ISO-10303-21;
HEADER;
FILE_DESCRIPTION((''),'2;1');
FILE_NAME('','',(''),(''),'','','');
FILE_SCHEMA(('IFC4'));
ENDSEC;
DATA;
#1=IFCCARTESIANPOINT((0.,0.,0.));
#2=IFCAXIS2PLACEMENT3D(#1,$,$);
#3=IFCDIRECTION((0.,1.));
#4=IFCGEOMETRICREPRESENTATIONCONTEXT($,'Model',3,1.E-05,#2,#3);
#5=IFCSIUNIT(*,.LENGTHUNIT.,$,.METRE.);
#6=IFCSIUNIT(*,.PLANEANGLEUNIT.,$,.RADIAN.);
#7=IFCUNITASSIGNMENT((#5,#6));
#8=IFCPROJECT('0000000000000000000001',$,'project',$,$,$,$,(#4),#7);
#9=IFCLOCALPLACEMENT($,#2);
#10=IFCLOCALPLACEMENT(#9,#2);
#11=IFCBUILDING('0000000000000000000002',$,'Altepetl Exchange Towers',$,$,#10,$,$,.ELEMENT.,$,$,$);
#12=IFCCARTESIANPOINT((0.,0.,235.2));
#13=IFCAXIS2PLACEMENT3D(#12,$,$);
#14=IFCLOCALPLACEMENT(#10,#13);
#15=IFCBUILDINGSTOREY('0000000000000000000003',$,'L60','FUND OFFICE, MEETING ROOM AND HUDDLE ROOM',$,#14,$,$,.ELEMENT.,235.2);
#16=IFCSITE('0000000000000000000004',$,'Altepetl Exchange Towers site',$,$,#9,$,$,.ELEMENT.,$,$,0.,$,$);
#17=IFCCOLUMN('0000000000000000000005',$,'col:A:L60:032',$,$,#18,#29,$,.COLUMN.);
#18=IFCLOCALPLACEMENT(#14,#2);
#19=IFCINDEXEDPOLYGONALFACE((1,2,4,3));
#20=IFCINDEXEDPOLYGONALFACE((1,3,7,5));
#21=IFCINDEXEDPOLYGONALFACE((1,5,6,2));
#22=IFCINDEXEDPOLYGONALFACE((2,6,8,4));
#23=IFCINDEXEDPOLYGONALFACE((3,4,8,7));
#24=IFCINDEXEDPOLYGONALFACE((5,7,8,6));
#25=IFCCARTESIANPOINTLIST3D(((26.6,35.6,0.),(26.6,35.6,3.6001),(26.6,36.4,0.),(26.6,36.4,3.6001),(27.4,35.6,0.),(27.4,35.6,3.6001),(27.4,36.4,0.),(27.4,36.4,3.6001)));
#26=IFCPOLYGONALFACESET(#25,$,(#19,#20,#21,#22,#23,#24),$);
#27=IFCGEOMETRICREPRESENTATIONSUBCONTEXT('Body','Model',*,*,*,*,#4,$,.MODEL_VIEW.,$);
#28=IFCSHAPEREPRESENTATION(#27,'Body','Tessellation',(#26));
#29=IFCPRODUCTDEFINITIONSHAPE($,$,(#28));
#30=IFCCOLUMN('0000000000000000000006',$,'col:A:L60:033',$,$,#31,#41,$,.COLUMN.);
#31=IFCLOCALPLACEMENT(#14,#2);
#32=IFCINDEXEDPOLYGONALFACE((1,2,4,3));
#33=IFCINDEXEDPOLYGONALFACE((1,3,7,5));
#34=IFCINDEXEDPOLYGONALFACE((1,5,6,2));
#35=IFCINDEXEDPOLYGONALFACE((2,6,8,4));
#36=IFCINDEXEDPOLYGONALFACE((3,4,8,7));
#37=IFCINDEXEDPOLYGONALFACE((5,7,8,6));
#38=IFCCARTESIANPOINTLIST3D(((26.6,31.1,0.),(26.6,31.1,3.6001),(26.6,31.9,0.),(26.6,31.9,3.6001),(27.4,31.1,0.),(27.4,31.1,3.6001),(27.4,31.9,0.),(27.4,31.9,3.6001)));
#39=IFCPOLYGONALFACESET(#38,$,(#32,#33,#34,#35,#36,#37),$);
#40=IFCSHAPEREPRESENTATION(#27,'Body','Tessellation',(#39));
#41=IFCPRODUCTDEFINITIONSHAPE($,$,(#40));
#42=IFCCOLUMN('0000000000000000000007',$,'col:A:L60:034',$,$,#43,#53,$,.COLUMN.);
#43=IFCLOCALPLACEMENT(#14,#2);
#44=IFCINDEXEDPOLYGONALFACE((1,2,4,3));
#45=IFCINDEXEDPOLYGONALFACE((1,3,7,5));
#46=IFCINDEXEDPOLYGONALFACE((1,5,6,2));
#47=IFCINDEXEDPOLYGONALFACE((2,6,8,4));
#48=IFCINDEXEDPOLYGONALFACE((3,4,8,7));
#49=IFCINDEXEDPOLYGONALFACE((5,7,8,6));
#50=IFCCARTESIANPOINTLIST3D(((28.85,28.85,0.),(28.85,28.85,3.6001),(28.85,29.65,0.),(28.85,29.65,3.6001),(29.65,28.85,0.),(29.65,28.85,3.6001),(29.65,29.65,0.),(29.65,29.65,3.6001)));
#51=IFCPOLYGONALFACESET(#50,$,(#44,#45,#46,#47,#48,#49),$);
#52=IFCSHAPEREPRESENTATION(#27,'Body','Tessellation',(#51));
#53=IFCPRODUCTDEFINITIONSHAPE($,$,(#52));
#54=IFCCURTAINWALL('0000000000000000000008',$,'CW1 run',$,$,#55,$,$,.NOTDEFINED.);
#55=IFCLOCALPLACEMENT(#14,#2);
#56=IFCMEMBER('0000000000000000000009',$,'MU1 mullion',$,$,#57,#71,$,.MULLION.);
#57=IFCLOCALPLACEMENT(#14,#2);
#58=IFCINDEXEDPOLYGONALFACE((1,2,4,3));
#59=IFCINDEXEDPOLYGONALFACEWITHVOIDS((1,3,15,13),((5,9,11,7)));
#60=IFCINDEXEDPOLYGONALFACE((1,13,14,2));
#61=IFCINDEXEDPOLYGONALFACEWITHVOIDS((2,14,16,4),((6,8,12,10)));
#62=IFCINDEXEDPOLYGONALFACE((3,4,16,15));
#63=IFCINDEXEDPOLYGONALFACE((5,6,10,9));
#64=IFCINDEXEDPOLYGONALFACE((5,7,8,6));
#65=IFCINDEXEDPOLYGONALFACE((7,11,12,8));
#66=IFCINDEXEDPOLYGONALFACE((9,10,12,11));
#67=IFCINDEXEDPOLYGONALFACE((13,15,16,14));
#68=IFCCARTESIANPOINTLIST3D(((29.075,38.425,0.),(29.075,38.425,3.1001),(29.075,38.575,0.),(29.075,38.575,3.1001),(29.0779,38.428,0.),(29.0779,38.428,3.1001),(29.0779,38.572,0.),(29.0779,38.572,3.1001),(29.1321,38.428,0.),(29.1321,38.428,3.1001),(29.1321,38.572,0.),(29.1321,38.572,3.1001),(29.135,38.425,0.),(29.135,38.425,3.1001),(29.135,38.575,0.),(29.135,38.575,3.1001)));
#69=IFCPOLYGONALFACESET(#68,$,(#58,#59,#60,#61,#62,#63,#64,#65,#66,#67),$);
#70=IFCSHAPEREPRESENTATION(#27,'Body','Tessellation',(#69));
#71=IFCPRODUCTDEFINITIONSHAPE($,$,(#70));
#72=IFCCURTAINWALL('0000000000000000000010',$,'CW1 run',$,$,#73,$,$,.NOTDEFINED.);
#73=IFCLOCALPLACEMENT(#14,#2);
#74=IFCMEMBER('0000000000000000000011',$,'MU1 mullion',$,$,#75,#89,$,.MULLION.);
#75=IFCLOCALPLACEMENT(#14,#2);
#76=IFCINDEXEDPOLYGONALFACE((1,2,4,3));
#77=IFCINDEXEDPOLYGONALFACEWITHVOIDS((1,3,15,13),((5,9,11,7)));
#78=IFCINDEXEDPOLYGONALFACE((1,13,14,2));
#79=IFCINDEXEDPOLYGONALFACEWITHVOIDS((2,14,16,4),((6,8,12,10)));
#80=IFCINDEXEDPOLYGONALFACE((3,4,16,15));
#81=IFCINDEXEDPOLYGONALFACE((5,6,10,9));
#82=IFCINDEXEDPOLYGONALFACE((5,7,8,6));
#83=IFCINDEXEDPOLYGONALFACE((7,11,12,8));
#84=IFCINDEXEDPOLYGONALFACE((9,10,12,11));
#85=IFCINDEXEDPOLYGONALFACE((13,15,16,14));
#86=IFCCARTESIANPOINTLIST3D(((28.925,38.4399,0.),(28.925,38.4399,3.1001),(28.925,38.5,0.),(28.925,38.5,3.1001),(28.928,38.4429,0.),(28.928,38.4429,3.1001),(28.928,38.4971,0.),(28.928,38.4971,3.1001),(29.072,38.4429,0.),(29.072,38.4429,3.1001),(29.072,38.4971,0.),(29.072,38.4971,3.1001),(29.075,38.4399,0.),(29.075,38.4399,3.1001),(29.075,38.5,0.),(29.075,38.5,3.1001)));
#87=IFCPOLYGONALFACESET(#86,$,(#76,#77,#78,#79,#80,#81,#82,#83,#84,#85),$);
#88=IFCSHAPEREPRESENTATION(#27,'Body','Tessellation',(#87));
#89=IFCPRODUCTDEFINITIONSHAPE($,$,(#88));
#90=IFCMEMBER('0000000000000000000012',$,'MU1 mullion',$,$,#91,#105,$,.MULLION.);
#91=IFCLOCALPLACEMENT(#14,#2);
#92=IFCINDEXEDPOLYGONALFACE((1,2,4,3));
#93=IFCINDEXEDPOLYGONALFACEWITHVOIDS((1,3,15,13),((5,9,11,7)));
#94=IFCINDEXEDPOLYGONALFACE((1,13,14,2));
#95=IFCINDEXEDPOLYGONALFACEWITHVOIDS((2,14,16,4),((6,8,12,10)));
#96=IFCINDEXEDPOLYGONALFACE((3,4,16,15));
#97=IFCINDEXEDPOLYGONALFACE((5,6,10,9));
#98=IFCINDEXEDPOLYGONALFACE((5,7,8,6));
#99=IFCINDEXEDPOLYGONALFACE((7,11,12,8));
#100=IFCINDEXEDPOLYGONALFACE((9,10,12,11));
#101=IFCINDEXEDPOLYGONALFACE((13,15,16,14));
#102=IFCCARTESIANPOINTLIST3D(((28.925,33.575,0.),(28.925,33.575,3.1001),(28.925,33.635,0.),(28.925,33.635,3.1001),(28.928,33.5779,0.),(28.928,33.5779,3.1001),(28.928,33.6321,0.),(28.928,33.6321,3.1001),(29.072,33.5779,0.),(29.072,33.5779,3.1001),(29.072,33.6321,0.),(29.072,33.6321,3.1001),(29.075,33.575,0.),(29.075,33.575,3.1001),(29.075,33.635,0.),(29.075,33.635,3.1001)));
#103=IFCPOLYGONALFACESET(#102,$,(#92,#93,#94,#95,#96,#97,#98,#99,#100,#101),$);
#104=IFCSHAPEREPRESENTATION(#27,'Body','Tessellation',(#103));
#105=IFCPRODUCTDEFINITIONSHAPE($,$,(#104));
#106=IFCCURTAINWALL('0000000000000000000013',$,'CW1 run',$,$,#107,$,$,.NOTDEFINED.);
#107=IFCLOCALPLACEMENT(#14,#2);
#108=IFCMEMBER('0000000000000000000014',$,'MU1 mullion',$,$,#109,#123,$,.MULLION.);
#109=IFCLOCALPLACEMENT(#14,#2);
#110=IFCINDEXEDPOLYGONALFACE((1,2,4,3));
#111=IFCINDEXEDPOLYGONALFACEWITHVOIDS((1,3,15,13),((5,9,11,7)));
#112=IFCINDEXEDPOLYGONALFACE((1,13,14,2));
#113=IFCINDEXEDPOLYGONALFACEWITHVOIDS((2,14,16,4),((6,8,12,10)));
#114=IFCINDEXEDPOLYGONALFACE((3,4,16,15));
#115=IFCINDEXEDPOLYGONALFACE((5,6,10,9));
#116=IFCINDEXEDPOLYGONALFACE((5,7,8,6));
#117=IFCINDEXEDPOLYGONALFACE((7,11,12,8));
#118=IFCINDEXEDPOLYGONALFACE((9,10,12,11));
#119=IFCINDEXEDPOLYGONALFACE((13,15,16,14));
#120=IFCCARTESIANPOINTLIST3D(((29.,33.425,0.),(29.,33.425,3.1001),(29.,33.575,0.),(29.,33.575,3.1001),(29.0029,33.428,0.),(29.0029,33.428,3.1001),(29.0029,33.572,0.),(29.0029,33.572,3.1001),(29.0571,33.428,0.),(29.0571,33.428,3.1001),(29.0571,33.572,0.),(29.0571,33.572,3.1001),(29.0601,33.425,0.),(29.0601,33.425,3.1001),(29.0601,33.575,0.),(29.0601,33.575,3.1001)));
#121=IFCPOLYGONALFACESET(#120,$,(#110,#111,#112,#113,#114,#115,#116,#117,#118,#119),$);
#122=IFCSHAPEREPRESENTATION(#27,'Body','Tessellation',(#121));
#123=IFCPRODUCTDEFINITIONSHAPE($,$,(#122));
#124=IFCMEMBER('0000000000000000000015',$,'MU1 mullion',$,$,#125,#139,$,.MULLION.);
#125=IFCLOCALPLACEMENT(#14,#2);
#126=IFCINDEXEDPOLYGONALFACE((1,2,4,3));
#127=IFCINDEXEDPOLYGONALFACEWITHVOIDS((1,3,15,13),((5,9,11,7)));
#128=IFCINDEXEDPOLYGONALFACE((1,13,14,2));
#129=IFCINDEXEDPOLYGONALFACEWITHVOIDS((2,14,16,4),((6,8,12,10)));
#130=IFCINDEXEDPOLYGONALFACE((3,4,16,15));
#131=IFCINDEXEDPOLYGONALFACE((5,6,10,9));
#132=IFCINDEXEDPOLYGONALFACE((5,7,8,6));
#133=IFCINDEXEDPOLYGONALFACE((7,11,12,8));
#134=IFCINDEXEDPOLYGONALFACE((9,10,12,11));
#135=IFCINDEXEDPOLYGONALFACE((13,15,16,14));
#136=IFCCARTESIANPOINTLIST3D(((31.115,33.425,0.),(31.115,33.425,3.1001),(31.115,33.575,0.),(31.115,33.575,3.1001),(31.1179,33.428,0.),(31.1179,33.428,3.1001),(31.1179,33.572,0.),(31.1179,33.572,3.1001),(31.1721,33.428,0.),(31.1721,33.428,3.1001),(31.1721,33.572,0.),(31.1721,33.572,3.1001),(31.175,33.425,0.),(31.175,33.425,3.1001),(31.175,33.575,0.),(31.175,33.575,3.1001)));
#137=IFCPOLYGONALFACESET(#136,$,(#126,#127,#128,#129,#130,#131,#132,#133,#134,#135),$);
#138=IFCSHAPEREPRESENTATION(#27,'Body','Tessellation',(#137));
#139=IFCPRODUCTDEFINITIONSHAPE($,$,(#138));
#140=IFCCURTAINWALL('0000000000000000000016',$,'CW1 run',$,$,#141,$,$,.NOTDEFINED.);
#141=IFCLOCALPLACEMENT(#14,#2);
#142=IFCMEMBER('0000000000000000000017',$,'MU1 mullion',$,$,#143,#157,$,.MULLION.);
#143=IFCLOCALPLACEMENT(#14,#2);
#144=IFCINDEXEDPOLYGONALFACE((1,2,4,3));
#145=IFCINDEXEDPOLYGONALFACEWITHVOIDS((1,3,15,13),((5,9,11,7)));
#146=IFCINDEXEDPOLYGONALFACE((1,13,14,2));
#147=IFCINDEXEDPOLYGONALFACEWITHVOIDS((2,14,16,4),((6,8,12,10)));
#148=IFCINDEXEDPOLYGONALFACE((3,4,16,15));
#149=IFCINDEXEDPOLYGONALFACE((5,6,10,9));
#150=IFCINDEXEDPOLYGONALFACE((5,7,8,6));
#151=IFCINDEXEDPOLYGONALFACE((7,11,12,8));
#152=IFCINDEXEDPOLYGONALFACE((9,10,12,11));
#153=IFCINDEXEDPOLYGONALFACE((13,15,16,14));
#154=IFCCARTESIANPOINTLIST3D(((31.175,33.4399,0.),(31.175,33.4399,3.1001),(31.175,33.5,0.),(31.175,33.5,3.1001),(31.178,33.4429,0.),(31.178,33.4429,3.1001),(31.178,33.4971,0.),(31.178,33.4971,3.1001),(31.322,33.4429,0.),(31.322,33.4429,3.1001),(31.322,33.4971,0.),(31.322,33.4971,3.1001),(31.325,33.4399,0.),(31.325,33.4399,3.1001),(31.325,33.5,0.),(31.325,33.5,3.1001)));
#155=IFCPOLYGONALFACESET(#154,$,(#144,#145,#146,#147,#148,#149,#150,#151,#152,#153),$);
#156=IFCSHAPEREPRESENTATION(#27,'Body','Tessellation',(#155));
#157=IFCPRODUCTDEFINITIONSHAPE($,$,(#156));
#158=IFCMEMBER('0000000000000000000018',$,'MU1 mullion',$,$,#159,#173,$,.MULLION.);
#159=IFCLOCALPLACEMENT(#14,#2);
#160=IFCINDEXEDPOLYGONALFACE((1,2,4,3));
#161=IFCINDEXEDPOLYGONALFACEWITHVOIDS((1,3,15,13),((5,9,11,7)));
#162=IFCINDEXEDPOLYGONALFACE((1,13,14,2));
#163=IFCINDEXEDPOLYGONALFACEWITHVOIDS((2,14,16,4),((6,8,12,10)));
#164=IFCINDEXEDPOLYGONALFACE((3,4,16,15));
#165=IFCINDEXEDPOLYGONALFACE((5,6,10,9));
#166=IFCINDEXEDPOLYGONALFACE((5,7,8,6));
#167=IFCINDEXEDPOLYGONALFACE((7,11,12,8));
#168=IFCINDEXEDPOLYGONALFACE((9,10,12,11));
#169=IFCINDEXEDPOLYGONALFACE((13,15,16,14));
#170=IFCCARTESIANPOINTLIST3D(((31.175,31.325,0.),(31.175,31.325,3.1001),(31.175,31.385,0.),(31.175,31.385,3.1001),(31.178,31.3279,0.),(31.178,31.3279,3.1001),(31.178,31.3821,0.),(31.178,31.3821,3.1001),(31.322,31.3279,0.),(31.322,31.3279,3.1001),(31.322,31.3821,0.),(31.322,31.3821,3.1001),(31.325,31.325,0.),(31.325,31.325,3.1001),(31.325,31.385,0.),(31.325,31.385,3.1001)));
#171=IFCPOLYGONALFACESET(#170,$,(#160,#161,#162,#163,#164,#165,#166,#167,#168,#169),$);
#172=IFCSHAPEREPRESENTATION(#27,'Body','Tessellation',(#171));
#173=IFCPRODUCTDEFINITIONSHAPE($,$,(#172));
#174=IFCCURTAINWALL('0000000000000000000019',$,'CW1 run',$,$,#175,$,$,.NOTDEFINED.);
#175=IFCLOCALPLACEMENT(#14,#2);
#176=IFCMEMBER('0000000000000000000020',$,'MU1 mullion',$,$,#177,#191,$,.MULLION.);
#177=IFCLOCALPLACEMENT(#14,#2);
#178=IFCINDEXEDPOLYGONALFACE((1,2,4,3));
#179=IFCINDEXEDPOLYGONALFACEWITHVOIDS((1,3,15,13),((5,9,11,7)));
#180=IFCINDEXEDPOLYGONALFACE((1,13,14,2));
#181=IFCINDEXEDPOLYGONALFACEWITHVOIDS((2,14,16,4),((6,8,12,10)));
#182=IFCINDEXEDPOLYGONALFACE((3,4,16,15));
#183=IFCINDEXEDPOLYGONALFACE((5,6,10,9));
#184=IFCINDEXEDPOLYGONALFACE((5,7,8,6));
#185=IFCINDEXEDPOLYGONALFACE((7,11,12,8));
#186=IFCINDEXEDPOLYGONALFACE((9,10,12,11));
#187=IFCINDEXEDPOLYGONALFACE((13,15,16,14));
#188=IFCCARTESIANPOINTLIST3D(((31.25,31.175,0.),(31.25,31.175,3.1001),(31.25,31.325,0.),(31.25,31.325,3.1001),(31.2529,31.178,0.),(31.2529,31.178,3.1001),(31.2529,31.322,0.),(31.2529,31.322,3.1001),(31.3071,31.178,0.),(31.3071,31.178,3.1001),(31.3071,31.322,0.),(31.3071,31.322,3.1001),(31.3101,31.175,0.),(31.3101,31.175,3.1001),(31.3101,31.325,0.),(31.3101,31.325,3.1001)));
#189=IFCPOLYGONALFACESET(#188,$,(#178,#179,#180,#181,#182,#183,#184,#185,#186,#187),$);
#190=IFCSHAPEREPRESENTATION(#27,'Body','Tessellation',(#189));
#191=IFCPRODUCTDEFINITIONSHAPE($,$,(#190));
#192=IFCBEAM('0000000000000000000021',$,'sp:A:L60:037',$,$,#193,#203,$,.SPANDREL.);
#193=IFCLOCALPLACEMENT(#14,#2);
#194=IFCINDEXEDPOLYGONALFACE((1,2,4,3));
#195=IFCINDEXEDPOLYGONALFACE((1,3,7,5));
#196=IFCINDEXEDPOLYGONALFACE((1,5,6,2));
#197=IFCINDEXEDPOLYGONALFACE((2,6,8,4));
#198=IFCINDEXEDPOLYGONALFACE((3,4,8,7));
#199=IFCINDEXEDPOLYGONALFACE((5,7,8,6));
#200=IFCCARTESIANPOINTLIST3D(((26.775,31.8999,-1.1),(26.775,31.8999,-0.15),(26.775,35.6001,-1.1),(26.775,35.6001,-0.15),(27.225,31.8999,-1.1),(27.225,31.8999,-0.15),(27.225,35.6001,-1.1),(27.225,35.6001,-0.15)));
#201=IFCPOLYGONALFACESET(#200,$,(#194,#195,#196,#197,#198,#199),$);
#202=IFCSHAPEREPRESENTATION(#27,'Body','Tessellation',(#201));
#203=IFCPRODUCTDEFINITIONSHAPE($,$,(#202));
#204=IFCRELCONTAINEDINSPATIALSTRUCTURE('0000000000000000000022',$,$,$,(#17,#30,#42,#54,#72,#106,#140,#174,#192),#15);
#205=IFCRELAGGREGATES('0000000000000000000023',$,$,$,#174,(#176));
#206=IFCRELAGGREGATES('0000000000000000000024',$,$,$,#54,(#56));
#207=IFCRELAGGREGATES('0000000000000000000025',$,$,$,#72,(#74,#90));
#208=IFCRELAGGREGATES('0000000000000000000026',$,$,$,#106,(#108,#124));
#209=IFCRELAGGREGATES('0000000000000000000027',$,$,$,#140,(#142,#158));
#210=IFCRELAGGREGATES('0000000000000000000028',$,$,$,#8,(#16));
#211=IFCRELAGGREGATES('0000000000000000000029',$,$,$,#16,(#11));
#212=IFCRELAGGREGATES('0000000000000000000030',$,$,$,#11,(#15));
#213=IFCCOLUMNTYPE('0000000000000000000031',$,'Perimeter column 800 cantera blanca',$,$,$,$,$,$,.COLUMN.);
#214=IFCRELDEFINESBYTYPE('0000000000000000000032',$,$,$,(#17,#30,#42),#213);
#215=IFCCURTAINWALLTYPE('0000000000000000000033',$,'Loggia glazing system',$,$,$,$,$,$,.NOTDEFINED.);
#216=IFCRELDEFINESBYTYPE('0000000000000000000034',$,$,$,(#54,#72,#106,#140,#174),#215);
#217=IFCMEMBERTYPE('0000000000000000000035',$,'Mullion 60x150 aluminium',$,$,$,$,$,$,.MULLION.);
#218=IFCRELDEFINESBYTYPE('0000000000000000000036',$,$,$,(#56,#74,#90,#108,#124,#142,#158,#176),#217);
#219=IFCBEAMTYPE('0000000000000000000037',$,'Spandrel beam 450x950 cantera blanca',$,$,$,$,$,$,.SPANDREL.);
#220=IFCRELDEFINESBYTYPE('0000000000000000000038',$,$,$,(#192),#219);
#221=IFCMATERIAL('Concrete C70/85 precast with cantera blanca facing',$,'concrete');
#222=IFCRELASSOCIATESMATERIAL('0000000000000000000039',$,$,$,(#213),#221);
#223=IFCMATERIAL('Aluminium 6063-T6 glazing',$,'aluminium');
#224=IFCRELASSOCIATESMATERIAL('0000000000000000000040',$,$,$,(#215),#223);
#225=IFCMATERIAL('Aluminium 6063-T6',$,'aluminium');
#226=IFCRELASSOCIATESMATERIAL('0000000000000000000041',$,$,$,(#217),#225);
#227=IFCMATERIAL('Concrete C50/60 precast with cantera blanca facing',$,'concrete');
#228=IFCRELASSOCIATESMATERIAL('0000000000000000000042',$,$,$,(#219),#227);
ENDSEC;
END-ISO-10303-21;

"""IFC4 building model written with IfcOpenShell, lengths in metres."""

from ifc_helpers import new_model, si_unit, direction, frame, origin, origin_2d, place, context, subcontext, project, spatial, rectangle, hollow_rectangle, extrude, material, material_profile, profile_set, type_object, element, aggregate, save


model = new_model("IFC4")

# Units and contexts
model_context = context("Model", 3, precision=1e-05, world=origin(), true_north=direction((0.0, 1.0)))
body_context = subcontext(model_context, "Body", "Model", "MODEL_VIEW")
ifc_project = project(units=[si_unit("LENGTHUNIT", "METRE"), si_unit("PLANEANGLEUNIT", "RADIAN")], contexts=[model_context])

# Site, building, storey
site_placement = place(None, origin())
site = spatial("IfcSite", under=ifc_project, at=site_placement, Name="Altepetl Exchange Towers site", CompositionType="ELEMENT", RefElevation=0.0)
building_placement = place(site_placement, origin())
building = spatial("IfcBuilding", under=site, at=building_placement, Name="Altepetl Exchange Towers", CompositionType="ELEMENT")
storey_placement = place(building_placement, frame((0.0, 0.0, 235.2)))
storey = spatial("IfcBuildingStorey", under=building, at=storey_placement, Name="L60", Description="FUND OFFICE, MEETING ROOM AND HUDDLE ROOM", CompositionType="ELEMENT", Elevation=235.2)

# Columns
ifc_material_1 = material(Name="Concrete C70/85 precast with cantera blanca facing", Category="concrete")
ifc_material_profile_1 = material_profile(ifc_material_1, rectangle(XDim=0.8, YDim=0.8, at=origin_2d()), Name="800 x 800")
ifc_profile_set_1 = profile_set([ifc_material_profile_1], Name="Concrete C70/85 precast with cantera blanca facing")
column_type = type_object("IfcColumnType", Name="Perimeter column 800 cantera blanca", PredefinedType="COLUMN", material=ifc_profile_set_1)
for number, where, name in (
    (1, (27.0, 36.0, 0.0), "col:A:L60:032"),
    (2, (27.0, 31.5, 0.0), "col:A:L60:033"),
    (3, (29.25, 29.25, 0.0), "col:A:L60:034"),
):
    element("IfcColumn", number, at=place(storey_placement, frame(where)), inside=storey, type_object=column_type, Name=name, PredefinedType="COLUMN", context=body_context, shape_type="SweptSolid", body=[
        extrude(rectangle(XDim=0.8, YDim=0.8, at=origin_2d()), origin(), (0.0, 0.0, 1.0), 3.6001),
    ])

# Curtain wall, member
ifc_material_2 = material(Name="Aluminium 6063-T6 glazing", Category="aluminium")
curtain_wall_type = type_object("IfcCurtainWallType", Name="Loggia glazing system", PredefinedType="NOTDEFINED", material=ifc_material_2)
curtain_wall_1_placement = place(storey_placement, origin())
curtain_wall_1 = element("IfcCurtainWall", 4, at=curtain_wall_1_placement, inside=storey, type_object=curtain_wall_type, Name="CW1 run", PredefinedType="NOTDEFINED")
ifc_material_3 = material(Name="Aluminium 6063-T6", Category="aluminium")
ifc_material_profile_2 = material_profile(ifc_material_3, hollow_rectangle(XDim=0.0601, YDim=0.1499, WallThickness=0.0029, at=origin_2d()), Name="Mullion 60x150 aluminium")
ifc_profile_set_2 = profile_set([ifc_material_profile_2], Name="Aluminium 6063-T6")
member_type = type_object("IfcMemberType", Name="Mullion 60x150 aluminium", PredefinedType="MULLION", material=ifc_profile_set_2)
member_1_placement = place(storey_placement, frame((29.105, 38.5, 0.0), z_axis=(0.0, 0.0, 1.0), x_axis=(-1.0, 0.0, 0.0)))
member_1 = element("IfcMember", 5, at=member_1_placement, type_object=member_type, Name="MU1 mullion", PredefinedType="MULLION", context=body_context, shape_type="SweptSolid", body=[
    extrude(hollow_rectangle(XDim=0.0601, YDim=0.1499, WallThickness=0.0029, at=origin_2d()), origin(), (0.0, 0.0, 1.0), 3.1001),
])

# Curtain walls, members
curtain_wall_2_placement = place(storey_placement, origin())
curtain_wall_2 = element("IfcCurtainWall", 6, at=curtain_wall_2_placement, inside=storey, type_object=curtain_wall_type, Name="CW1 run", PredefinedType="NOTDEFINED")
member_2_placement = place(storey_placement, frame((29.0, 38.47, 0.0), z_axis=(0.0, 0.0, 1.0), x_axis=(0.0, -1.0, 0.0)))
member_2 = element("IfcMember", 7, at=member_2_placement, type_object=member_type, Name="MU1 mullion", PredefinedType="MULLION", context=body_context, shape_type="SweptSolid", body=[
    extrude(hollow_rectangle(XDim=0.0601, YDim=0.1499, WallThickness=0.0029, at=origin_2d()), origin(), (0.0, 0.0, 1.0), 3.1001),
])
member_3_placement = place(storey_placement, frame((29.0, 33.605, 0.0), z_axis=(0.0, 0.0, 1.0), x_axis=(0.0, -1.0, 0.0)))
member_3 = element("IfcMember", 8, at=member_3_placement, type_object=member_type, Name="MU1 mullion", PredefinedType="MULLION", context=body_context, shape_type="SweptSolid", body=[
    extrude(hollow_rectangle(XDim=0.0601, YDim=0.1499, WallThickness=0.0029, at=origin_2d()), origin(), (0.0, 0.0, 1.0), 3.1001),
])
curtain_wall_3_placement = place(storey_placement, origin())
curtain_wall_3 = element("IfcCurtainWall", 9, at=curtain_wall_3_placement, inside=storey, type_object=curtain_wall_type, Name="CW1 run", PredefinedType="NOTDEFINED")
member_4_placement = place(storey_placement, frame((29.03, 33.5, 0.0)))
member_4 = element("IfcMember", 10, at=member_4_placement, type_object=member_type, Name="MU1 mullion", PredefinedType="MULLION", context=body_context, shape_type="SweptSolid", body=[
    extrude(hollow_rectangle(XDim=0.0601, YDim=0.1499, WallThickness=0.0029, at=origin_2d()), origin(), (0.0, 0.0, 1.0), 3.1001),
])
member_5_placement = place(storey_placement, frame((31.145, 33.5, 0.0)))
member_5 = element("IfcMember", 11, at=member_5_placement, type_object=member_type, Name="MU1 mullion", PredefinedType="MULLION", context=body_context, shape_type="SweptSolid", body=[
    extrude(hollow_rectangle(XDim=0.0601, YDim=0.1499, WallThickness=0.0029, at=origin_2d()), origin(), (0.0, 0.0, 1.0), 3.1001),
])
curtain_wall_4_placement = place(storey_placement, origin())
curtain_wall_4 = element("IfcCurtainWall", 12, at=curtain_wall_4_placement, inside=storey, type_object=curtain_wall_type, Name="CW1 run", PredefinedType="NOTDEFINED")
member_6_placement = place(storey_placement, frame((31.25, 33.47, 0.0), z_axis=(0.0, 0.0, 1.0), x_axis=(0.0, -1.0, 0.0)))
member_6 = element("IfcMember", 13, at=member_6_placement, type_object=member_type, Name="MU1 mullion", PredefinedType="MULLION", context=body_context, shape_type="SweptSolid", body=[
    extrude(hollow_rectangle(XDim=0.0601, YDim=0.1499, WallThickness=0.0029, at=origin_2d()), origin(), (0.0, 0.0, 1.0), 3.1001),
])
member_7_placement = place(storey_placement, frame((31.25, 31.355, 0.0), z_axis=(0.0, 0.0, 1.0), x_axis=(0.0, -1.0, 0.0)))
member_7 = element("IfcMember", 14, at=member_7_placement, type_object=member_type, Name="MU1 mullion", PredefinedType="MULLION", context=body_context, shape_type="SweptSolid", body=[
    extrude(hollow_rectangle(XDim=0.0601, YDim=0.1499, WallThickness=0.0029, at=origin_2d()), origin(), (0.0, 0.0, 1.0), 3.1001),
])

# Curtain wall, member
curtain_wall_5_placement = place(storey_placement, origin())
curtain_wall_5 = element("IfcCurtainWall", 15, at=curtain_wall_5_placement, inside=storey, type_object=curtain_wall_type, Name="CW1 run", PredefinedType="NOTDEFINED")
member_8_placement = place(storey_placement, frame((31.28, 31.25, 0.0)))
member_8 = element("IfcMember", 16, at=member_8_placement, type_object=member_type, Name="MU1 mullion", PredefinedType="MULLION", context=body_context, shape_type="SweptSolid", body=[
    extrude(hollow_rectangle(XDim=0.0601, YDim=0.1499, WallThickness=0.0029, at=origin_2d()), origin(), (0.0, 0.0, 1.0), 3.1001),
])
aggregate(curtain_wall_5, [member_8])

# Beam
ifc_material_4 = material(Name="Concrete C50/60 precast with cantera blanca facing", Category="concrete")
ifc_material_profile_3 = material_profile(ifc_material_4, rectangle(XDim=0.45, YDim=0.95, at=origin_2d()), Name="450 x 950")
ifc_profile_set_3 = profile_set([ifc_material_profile_3], Name="Concrete C50/60 precast with cantera blanca facing")
beam_type = type_object("IfcBeamType", Name="Spandrel beam 450x950 cantera blanca", PredefinedType="SPANDREL", material=ifc_profile_set_3)
beam_1_placement = place(storey_placement, frame((27.0, 35.6001, -0.625), z_axis=(0.0, -1.0, 0.0), x_axis=(1.0, 0.0, 0.0)))
element("IfcBeam", 17, at=beam_1_placement, inside=storey, type_object=beam_type, Name="sp:A:L60:037", PredefinedType="SPANDREL", context=body_context, shape_type="SweptSolid", body=[
    extrude(rectangle(XDim=0.45, YDim=0.95, at=origin_2d()), origin(), (0.0, 0.0, 1.0), 3.7002),
])

aggregate(curtain_wall_1, [member_1])
aggregate(curtain_wall_2, [member_2, member_3])
aggregate(curtain_wall_3, [member_4, member_5])
aggregate(curtain_wall_4, [member_6, member_7])

save(model, "model.ifc")
